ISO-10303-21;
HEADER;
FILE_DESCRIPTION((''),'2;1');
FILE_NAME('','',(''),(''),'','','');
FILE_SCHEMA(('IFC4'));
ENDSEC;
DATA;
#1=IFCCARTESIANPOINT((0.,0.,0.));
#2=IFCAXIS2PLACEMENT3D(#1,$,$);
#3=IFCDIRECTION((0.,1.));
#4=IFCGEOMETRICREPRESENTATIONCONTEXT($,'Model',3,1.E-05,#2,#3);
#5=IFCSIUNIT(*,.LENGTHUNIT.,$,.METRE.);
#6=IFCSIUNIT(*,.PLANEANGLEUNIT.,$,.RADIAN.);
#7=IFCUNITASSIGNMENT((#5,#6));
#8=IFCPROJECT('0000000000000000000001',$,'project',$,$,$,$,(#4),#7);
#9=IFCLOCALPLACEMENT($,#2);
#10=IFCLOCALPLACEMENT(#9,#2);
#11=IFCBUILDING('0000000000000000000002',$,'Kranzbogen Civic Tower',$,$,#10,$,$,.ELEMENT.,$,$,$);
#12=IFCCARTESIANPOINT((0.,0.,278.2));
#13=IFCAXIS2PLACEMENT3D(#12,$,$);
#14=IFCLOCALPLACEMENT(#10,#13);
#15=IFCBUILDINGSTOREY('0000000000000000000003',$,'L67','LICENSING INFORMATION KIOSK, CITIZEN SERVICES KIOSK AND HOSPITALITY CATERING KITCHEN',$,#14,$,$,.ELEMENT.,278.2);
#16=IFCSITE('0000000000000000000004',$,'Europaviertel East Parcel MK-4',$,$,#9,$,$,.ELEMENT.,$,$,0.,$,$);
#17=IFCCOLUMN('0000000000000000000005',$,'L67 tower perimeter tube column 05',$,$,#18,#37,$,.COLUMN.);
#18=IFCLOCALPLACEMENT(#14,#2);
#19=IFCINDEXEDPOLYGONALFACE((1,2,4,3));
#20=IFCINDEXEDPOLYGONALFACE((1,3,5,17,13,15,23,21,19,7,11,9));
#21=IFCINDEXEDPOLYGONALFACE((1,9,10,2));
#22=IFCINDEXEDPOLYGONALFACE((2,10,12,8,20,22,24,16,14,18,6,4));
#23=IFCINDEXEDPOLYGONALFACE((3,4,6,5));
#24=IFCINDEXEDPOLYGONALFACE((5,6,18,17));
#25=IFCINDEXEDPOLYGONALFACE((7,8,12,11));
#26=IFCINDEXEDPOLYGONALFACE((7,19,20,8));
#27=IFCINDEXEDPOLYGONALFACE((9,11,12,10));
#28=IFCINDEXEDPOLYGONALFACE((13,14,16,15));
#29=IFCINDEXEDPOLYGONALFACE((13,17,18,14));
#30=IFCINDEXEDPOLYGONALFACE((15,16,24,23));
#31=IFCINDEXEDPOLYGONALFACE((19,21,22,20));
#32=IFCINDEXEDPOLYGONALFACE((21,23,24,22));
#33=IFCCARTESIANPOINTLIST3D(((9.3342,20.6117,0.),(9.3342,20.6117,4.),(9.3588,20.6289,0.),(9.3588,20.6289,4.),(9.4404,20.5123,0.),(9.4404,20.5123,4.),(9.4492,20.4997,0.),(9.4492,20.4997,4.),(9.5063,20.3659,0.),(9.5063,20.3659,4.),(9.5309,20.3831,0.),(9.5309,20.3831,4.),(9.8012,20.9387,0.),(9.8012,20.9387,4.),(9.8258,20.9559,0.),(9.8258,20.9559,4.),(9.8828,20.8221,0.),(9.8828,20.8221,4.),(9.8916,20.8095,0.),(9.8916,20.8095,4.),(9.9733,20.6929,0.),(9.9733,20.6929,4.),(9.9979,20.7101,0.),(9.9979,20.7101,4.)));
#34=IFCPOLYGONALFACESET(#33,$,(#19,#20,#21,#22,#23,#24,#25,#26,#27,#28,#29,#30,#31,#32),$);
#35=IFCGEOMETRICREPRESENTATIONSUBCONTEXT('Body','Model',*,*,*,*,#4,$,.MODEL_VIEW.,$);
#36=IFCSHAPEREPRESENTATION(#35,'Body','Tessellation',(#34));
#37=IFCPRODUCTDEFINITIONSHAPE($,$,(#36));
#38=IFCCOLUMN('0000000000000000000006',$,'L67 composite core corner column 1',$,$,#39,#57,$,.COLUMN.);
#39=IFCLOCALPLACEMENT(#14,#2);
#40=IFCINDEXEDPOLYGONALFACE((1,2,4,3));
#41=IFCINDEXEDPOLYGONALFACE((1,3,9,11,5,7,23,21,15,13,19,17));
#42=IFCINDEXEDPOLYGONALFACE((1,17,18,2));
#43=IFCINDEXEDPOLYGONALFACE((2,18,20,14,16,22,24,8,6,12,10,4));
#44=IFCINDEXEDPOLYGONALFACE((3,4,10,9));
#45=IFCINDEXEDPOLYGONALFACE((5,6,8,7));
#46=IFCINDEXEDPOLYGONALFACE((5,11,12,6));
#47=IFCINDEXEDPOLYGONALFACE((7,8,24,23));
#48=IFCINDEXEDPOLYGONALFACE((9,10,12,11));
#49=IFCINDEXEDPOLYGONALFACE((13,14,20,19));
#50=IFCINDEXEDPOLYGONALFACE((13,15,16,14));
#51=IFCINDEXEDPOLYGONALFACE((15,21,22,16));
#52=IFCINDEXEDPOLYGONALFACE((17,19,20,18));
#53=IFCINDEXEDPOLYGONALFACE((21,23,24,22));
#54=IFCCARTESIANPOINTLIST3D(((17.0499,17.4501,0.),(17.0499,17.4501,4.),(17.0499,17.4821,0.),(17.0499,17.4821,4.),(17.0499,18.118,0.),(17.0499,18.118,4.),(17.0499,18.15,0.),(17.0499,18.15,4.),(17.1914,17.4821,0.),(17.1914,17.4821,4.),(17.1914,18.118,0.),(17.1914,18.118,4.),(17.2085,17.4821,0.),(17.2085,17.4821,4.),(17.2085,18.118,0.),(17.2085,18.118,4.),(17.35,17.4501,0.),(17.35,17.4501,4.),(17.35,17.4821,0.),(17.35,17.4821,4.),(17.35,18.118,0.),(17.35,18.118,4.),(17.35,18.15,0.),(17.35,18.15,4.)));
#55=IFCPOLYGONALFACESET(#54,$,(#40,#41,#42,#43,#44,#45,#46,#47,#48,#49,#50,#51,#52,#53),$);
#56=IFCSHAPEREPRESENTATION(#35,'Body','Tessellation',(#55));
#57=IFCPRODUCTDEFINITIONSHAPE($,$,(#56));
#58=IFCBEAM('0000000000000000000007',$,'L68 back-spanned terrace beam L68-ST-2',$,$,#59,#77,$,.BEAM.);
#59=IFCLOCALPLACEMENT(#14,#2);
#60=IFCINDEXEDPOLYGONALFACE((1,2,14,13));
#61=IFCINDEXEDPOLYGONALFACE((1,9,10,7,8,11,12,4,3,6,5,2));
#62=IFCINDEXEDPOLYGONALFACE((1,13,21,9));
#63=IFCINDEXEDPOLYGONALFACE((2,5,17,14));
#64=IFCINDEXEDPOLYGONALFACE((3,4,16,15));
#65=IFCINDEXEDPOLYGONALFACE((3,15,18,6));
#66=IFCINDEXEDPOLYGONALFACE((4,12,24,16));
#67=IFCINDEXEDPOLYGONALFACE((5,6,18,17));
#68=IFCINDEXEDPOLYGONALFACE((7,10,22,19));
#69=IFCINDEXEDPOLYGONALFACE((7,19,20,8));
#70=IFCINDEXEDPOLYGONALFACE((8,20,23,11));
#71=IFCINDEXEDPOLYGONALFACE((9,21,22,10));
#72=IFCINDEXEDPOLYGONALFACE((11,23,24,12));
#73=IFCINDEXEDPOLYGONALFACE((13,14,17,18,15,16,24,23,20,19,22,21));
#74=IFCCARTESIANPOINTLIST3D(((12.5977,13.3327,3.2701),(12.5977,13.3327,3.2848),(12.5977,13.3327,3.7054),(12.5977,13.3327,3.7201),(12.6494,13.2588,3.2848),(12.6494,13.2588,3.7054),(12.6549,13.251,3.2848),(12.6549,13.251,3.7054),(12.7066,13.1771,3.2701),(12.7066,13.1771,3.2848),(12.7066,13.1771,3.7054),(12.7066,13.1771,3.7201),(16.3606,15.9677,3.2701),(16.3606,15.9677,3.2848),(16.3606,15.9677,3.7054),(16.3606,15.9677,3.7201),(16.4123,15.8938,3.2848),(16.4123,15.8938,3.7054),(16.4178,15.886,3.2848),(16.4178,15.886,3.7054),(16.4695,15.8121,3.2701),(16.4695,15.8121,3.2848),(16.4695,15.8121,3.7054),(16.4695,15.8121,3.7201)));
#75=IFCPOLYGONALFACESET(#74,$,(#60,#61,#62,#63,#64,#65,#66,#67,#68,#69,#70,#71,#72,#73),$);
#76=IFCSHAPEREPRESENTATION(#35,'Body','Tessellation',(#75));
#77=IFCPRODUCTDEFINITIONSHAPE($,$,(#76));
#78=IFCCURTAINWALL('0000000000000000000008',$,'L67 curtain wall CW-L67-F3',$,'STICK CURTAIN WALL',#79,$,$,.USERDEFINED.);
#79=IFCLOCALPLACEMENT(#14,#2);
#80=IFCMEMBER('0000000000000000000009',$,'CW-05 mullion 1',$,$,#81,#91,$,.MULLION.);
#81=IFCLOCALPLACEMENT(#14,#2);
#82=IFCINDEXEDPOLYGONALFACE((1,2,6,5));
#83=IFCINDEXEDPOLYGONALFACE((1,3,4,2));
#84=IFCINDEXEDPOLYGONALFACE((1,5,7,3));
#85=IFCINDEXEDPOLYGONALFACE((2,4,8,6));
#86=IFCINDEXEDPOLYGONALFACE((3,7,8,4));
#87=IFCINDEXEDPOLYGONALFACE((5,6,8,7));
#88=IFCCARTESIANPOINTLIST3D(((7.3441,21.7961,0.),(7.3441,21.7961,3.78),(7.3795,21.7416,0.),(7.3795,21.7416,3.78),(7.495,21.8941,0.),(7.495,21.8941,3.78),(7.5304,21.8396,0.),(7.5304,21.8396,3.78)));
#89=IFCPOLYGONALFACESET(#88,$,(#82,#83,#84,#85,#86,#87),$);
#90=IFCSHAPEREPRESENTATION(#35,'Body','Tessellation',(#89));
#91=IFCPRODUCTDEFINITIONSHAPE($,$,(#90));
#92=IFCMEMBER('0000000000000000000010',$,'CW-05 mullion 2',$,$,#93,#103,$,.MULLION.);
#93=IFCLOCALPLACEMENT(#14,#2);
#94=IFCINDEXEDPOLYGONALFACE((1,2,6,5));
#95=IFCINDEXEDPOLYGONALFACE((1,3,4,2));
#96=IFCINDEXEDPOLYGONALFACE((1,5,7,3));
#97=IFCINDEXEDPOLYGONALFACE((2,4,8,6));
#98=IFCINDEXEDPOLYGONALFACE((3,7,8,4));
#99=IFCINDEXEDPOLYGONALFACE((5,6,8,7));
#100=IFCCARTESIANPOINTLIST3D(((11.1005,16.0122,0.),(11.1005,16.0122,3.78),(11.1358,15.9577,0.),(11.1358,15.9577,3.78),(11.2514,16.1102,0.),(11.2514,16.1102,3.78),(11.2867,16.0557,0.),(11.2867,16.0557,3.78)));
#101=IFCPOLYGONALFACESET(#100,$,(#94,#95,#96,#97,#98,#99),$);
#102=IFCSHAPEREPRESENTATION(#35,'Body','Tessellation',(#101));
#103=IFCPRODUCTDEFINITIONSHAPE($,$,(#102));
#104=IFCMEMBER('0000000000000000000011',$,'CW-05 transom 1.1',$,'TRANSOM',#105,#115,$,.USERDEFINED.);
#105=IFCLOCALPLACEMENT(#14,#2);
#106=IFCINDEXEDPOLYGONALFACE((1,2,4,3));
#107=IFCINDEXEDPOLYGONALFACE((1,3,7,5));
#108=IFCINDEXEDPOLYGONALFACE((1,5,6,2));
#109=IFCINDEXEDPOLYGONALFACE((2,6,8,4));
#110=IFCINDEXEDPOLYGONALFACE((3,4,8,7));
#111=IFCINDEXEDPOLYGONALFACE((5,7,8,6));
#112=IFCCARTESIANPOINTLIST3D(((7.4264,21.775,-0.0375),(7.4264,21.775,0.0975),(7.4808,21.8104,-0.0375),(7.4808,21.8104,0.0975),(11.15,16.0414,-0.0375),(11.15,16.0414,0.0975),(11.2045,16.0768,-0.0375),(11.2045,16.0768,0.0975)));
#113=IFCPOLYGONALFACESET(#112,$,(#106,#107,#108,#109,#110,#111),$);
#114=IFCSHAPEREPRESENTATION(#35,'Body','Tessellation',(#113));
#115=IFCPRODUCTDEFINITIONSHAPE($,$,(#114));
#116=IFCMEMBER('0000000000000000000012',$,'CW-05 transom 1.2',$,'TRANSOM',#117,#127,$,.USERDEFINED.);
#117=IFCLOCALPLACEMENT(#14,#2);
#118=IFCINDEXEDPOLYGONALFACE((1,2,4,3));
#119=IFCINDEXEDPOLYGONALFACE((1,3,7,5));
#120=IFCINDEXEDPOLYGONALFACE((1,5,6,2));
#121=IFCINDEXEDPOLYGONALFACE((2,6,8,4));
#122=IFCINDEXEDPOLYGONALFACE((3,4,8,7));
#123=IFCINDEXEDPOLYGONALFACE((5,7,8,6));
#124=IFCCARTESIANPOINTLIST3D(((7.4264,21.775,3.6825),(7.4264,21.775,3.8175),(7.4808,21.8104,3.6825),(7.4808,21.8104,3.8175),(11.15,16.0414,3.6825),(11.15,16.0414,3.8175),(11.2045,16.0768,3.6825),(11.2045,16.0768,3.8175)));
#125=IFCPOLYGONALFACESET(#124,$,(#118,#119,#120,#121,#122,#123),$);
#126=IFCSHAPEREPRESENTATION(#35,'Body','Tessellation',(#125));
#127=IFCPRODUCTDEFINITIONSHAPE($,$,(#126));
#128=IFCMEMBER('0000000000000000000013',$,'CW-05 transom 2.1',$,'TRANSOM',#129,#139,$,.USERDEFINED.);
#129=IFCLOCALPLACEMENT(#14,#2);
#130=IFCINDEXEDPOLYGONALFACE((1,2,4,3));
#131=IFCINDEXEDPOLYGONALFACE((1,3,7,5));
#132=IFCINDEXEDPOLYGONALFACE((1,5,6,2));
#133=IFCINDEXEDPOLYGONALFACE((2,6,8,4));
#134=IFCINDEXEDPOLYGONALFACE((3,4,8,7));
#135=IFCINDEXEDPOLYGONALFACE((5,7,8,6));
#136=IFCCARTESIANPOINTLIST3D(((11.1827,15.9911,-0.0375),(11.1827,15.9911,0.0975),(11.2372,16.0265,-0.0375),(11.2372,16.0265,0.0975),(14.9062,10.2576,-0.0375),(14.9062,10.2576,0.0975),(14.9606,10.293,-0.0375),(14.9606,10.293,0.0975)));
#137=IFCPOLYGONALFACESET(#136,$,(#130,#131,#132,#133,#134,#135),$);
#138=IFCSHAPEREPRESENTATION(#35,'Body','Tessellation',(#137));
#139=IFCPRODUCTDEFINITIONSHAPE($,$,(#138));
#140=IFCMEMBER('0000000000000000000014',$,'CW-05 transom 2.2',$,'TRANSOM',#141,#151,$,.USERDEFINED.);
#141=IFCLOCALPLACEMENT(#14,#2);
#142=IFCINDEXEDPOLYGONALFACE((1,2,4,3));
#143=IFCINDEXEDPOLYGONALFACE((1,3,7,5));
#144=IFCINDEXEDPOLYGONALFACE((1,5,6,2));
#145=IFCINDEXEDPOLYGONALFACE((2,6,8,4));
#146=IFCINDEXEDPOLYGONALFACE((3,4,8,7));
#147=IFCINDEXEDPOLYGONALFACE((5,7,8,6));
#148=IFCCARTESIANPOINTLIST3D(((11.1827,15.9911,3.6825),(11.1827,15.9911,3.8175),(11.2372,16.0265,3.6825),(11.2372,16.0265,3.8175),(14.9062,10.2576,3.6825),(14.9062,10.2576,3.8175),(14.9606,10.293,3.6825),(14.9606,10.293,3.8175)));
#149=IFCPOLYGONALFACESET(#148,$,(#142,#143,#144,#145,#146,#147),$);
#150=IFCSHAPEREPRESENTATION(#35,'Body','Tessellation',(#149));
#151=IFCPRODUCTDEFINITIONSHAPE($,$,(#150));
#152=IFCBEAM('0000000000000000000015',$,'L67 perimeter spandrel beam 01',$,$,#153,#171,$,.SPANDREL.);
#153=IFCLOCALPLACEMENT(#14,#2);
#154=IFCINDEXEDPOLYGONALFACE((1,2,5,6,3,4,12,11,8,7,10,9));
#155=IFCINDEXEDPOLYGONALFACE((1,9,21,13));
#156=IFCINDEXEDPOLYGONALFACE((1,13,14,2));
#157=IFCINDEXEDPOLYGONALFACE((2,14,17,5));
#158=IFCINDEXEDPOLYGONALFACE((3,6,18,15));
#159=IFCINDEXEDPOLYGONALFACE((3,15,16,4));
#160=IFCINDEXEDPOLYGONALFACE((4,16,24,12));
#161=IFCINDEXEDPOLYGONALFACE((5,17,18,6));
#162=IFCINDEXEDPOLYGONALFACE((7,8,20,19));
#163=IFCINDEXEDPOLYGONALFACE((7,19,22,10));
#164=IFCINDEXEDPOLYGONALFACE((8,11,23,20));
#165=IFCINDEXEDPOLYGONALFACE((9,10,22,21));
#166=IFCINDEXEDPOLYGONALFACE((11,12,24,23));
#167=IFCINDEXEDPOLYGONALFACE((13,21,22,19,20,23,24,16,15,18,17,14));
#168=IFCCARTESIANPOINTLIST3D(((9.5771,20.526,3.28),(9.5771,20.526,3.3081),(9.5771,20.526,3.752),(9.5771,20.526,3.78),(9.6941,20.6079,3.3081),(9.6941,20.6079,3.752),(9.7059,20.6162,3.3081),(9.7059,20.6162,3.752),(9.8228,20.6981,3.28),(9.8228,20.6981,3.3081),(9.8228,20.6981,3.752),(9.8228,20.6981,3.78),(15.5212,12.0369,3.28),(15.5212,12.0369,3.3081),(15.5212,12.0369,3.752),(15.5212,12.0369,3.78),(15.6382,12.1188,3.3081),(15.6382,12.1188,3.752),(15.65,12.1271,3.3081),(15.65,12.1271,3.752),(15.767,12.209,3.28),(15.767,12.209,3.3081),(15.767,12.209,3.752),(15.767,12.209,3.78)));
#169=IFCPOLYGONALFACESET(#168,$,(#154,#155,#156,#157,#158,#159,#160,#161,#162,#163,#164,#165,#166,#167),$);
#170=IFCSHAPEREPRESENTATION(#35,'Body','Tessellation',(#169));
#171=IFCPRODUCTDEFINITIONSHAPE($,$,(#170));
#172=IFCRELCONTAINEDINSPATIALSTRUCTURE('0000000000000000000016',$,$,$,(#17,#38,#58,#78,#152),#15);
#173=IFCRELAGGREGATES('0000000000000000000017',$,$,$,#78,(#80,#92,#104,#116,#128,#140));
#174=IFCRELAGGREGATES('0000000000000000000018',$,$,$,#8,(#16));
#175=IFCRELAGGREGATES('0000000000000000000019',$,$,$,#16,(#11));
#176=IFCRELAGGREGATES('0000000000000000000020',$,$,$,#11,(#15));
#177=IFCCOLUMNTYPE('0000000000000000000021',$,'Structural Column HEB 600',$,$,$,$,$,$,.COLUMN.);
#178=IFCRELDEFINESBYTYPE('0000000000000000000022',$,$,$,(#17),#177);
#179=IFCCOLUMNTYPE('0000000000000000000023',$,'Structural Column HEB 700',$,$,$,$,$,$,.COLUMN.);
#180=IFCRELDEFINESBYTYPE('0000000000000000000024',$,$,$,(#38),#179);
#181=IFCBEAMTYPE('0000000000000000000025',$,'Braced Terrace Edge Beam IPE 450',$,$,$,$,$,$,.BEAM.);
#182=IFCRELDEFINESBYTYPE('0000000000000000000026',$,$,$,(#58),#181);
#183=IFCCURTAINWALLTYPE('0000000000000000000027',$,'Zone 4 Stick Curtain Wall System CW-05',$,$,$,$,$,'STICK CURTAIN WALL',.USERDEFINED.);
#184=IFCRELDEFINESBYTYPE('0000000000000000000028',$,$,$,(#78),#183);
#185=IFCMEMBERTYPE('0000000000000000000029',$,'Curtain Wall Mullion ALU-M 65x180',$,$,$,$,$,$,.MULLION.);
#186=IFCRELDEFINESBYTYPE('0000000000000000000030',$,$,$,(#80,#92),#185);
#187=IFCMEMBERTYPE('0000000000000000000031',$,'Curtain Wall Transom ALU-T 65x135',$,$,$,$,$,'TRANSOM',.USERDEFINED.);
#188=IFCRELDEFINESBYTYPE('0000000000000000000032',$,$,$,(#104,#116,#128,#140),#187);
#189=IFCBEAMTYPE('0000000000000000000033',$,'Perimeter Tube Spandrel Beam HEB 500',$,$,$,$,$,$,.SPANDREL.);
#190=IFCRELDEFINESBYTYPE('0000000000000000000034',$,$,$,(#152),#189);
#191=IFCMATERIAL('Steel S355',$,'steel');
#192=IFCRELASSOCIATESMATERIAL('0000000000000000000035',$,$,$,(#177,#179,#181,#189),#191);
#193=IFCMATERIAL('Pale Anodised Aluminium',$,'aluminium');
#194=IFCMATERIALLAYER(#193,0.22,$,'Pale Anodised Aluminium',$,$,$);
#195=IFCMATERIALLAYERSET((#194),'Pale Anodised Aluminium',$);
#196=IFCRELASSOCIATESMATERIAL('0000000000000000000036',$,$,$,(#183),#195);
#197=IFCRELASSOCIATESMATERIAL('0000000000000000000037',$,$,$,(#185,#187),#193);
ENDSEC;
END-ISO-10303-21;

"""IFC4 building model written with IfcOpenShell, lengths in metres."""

from ifc_helpers import new_model, si_unit, direction, frame, origin, origin_2d, place, context, subcontext, project, spatial, rectangle, i_section, extrude, material, layer, layer_set, material_profile, profile_set, type_object, element, aggregate, save


model = new_model("IFC4")

# Units and contexts
model_context = context("Model", 3, precision=1e-05, world=origin(), true_north=direction((0.0, 1.0)))
body_context = subcontext(model_context, "Body", "Model", "MODEL_VIEW")
ifc_project = project(units=[si_unit("LENGTHUNIT", "METRE"), si_unit("PLANEANGLEUNIT", "RADIAN")], contexts=[model_context])

# Site, building, storey
site_placement = place(None, origin())
site = spatial("IfcSite", under=ifc_project, at=site_placement, Name="Europaviertel East Parcel MK-4", CompositionType="ELEMENT", RefElevation=0.0)
building_placement = place(site_placement, origin())
building = spatial("IfcBuilding", under=site, at=building_placement, Name="Kranzbogen Civic Tower", CompositionType="ELEMENT")
storey_placement = place(building_placement, frame((0.0, 0.0, 278.2)))
storey = spatial("IfcBuildingStorey", under=building, at=storey_placement, Name="L67", Description="LICENSING INFORMATION KIOSK, CITIZEN SERVICES KIOSK AND HOSPITALITY CATERING KITCHEN", CompositionType="ELEMENT", Elevation=278.2)

# Columns
ifc_material_1 = material(Name="Steel S355", Category="steel")
ifc_material_profile_1 = material_profile(ifc_material_1, i_section(OverallWidth=0.3, OverallDepth=0.6001, WebThickness=0.0154, FlangeThickness=0.03, at=origin_2d()), Name="HEB 600")
ifc_profile_set_1 = profile_set([ifc_material_profile_1], Name="Steel S355")
column_type_1 = type_object("IfcColumnType", Name="Structural Column HEB 600", PredefinedType="COLUMN", material=ifc_profile_set_1)
column_1_placement = place(storey_placement, frame((9.666, 20.6609, 0.0), z_axis=(0.0, 0.0, 1.0), x_axis=(-0.573576, 0.819152, 0.0)))
element("IfcColumn", 1, at=column_1_placement, inside=storey, type_object=column_type_1, Name="L67 tower perimeter tube column 05", PredefinedType="COLUMN", context=body_context, shape_type="SweptSolid", body=[
    extrude(i_section(OverallWidth=0.3, OverallDepth=0.6001, WebThickness=0.0154, FlangeThickness=0.03, at=origin_2d()), origin(), (0.0, 0.0, 1.0), 4.0),
])
ifc_material_profile_2 = material_profile(ifc_material_1, i_section(OverallWidth=0.3, OverallDepth=0.7, WebThickness=0.0171, FlangeThickness=0.032, at=origin_2d()), Name="HEB 700")
ifc_profile_set_2 = profile_set([ifc_material_profile_2], Name="Steel S355")
column_type_2 = type_object("IfcColumnType", Name="Structural Column HEB 700", PredefinedType="COLUMN", material=ifc_profile_set_2)
column_2_placement = place(storey_placement, frame((17.2, 17.8, 0.0), z_axis=(0.0, 0.0, 1.0), x_axis=(1.0, 0.0, 0.0)))
element("IfcColumn", 2, at=column_2_placement, inside=storey, type_object=column_type_2, Name="L67 composite core corner column 1", PredefinedType="COLUMN", context=body_context, shape_type="SweptSolid", body=[
    extrude(i_section(OverallWidth=0.3, OverallDepth=0.7, WebThickness=0.0171, FlangeThickness=0.032, at=origin_2d()), origin(), (0.0, 0.0, 1.0), 4.0),
])

# Beam
ifc_material_profile_3 = material_profile(ifc_material_1, i_section(OverallWidth=0.1899, OverallDepth=0.45, WebThickness=0.0095, FlangeThickness=0.0146, at=origin_2d()), Name="IPE 450")
ifc_profile_set_3 = profile_set([ifc_material_profile_3], Name="Steel S355")
beam_type_1 = type_object("IfcBeamType", Name="Braced Terrace Edge Beam IPE 450", PredefinedType="BEAM", material=ifc_profile_set_3)
beam_1_placement = place(storey_placement, frame((16.415, 15.8899, 3.4951), z_axis=(-0.819135, -0.573601, 0.0), x_axis=(0.573601, -0.819135, 0.0)))
element("IfcBeam", 3, at=beam_1_placement, inside=storey, type_object=beam_type_1, Name="L68 back-spanned terrace beam L68-ST-2", PredefinedType="BEAM", context=body_context, shape_type="SweptSolid", body=[
    extrude(i_section(OverallWidth=0.1899, OverallDepth=0.45, WebThickness=0.0095, FlangeThickness=0.0146, at=origin_2d()), origin(), (0.0, 0.0, 1.0), 4.5938),
])

# Curtain wall, members
ifc_material_2 = material(Name="Pale Anodised Aluminium", Category="aluminium")
ifc_layer_1 = layer(ifc_material_2, 0.22, Name="Pale Anodised Aluminium")
ifc_layer_set_1 = layer_set([ifc_layer_1], Name="Pale Anodised Aluminium")
curtain_wall_type = type_object("IfcCurtainWallType", Name="Zone 4 Stick Curtain Wall System CW-05", ElementType="STICK CURTAIN WALL", PredefinedType="USERDEFINED", material=ifc_layer_set_1)
curtain_wall_placement = place(storey_placement, origin())
curtain_wall = element("IfcCurtainWall", 4, at=curtain_wall_placement, inside=storey, type_object=curtain_wall_type, Name="L67 curtain wall CW-L67-F3", ObjectType="STICK CURTAIN WALL", PredefinedType="USERDEFINED")
ifc_material_profile_4 = material_profile(ifc_material_2, rectangle(XDim=0.0649, YDim=0.1799, at=origin_2d()), Name="ALU-M 65x180")
ifc_profile_set_4 = profile_set([ifc_material_profile_4], Name="Pale Anodised Aluminium")
member_type_1 = type_object("IfcMemberType", Name="Curtain Wall Mullion ALU-M 65x180", PredefinedType="MULLION", material=ifc_profile_set_4)
member_1_placement = place(storey_placement, frame((7.4373, 21.8179, 0.0), z_axis=(0.0, 0.0, 1.0), x_axis=(0.544648, -0.838665, 0.0)))
member_1 = element("IfcMember", 5, at=member_1_placement, type_object=member_type_1, Name="CW-05 mullion 1", PredefinedType="MULLION", context=body_context, shape_type="SweptSolid", body=[
    extrude(rectangle(XDim=0.0649, YDim=0.1799, at=origin_2d()), origin(), (0.0, 0.0, 1.0), 3.78),
])
member_2_placement = place(storey_placement, frame((11.1936, 16.0339, 0.0), z_axis=(0.0, 0.0, 1.0), x_axis=(0.544648, -0.838665, 0.0)))
member_2 = element("IfcMember", 6, at=member_2_placement, type_object=member_type_1, Name="CW-05 mullion 2", PredefinedType="MULLION", context=body_context, shape_type="SweptSolid", body=[
    extrude(rectangle(XDim=0.0649, YDim=0.1799, at=origin_2d()), origin(), (0.0, 0.0, 1.0), 3.78),
])
ifc_material_profile_5 = material_profile(ifc_material_2, rectangle(XDim=0.0649, YDim=0.135, at=origin_2d()), Name="ALU-T 65x135")
ifc_profile_set_5 = profile_set([ifc_material_profile_5], Name="Pale Anodised Aluminium")
member_type_2 = type_object("IfcMemberType", Name="Curtain Wall Transom ALU-T 65x135", ElementType="TRANSOM", PredefinedType="USERDEFINED", material=ifc_profile_set_5)
member_3_placement = place(storey_placement, frame((7.4536, 21.7927, 0.03), z_axis=(0.544656, -0.83866, 0.0), x_axis=(0.83866, 0.544656, 0.0)))
member_3 = element("IfcMember", 7, at=member_3_placement, type_object=member_type_2, Name="CW-05 transom 1.1", ObjectType="TRANSOM", PredefinedType="USERDEFINED", context=body_context, shape_type="SweptSolid", body=[
    extrude(rectangle(XDim=0.0649, YDim=0.135, at=origin_2d()), origin(), (0.0, 0.0, 1.0), 6.8367),
])
member_4_placement = place(storey_placement, frame((7.4536, 21.7927, 3.75), z_axis=(0.544656, -0.83866, 0.0), x_axis=(0.83866, 0.544656, 0.0)))
member_4 = element("IfcMember", 8, at=member_4_placement, type_object=member_type_2, Name="CW-05 transom 1.2", ObjectType="TRANSOM", PredefinedType="USERDEFINED", context=body_context, shape_type="SweptSolid", body=[
    extrude(rectangle(XDim=0.0649, YDim=0.135, at=origin_2d()), origin(), (0.0, 0.0, 1.0), 6.8367),
])
member_5_placement = place(storey_placement, frame((11.21, 16.0088, 0.03), z_axis=(0.544647, -0.838665, 0.0), x_axis=(0.838665, 0.544647, 0.0)))
member_5 = element("IfcMember", 9, at=member_5_placement, type_object=member_type_2, Name="CW-05 transom 2.1", ObjectType="TRANSOM", PredefinedType="USERDEFINED", context=body_context, shape_type="SweptSolid", body=[
    extrude(rectangle(XDim=0.0649, YDim=0.135, at=origin_2d()), origin(), (0.0, 0.0, 1.0), 6.8364),
])
member_6_placement = place(storey_placement, frame((11.21, 16.0088, 3.75), z_axis=(0.544647, -0.838665, 0.0), x_axis=(0.838665, 0.544647, 0.0)))
member_6 = element("IfcMember", 10, at=member_6_placement, type_object=member_type_2, Name="CW-05 transom 2.2", ObjectType="TRANSOM", PredefinedType="USERDEFINED", context=body_context, shape_type="SweptSolid", body=[
    extrude(rectangle(XDim=0.0649, YDim=0.135, at=origin_2d()), origin(), (0.0, 0.0, 1.0), 6.8364),
])

# Beam
ifc_material_profile_6 = material_profile(ifc_material_1, i_section(OverallWidth=0.3, OverallDepth=0.5, WebThickness=0.0144, FlangeThickness=0.0281, at=origin_2d()), Name="HEB 500")
ifc_profile_set_6 = profile_set([ifc_material_profile_6], Name="Steel S355")
beam_type_2 = type_object("IfcBeamType", Name="Perimeter Tube Spandrel Beam HEB 500", PredefinedType="SPANDREL", material=ifc_profile_set_6)
beam_2_placement = place(storey_placement, frame((9.7, 20.6121, 3.53), z_axis=(0.573578, -0.819151, 0.0), x_axis=(0.819151, 0.573578, 0.0)))
element("IfcBeam", 11, at=beam_2_placement, inside=storey, type_object=beam_type_2, Name="L67 perimeter spandrel beam 01", PredefinedType="SPANDREL", context=body_context, shape_type="SweptSolid", body=[
    extrude(i_section(OverallWidth=0.3, OverallDepth=0.5, WebThickness=0.0144, FlangeThickness=0.0281, at=origin_2d()), origin(), (0.0, 0.0, 1.0), 10.3633),
])

aggregate(curtain_wall, [member_1, member_2, member_3, member_4, member_5, member_6])

save(model, "model.ifc")
